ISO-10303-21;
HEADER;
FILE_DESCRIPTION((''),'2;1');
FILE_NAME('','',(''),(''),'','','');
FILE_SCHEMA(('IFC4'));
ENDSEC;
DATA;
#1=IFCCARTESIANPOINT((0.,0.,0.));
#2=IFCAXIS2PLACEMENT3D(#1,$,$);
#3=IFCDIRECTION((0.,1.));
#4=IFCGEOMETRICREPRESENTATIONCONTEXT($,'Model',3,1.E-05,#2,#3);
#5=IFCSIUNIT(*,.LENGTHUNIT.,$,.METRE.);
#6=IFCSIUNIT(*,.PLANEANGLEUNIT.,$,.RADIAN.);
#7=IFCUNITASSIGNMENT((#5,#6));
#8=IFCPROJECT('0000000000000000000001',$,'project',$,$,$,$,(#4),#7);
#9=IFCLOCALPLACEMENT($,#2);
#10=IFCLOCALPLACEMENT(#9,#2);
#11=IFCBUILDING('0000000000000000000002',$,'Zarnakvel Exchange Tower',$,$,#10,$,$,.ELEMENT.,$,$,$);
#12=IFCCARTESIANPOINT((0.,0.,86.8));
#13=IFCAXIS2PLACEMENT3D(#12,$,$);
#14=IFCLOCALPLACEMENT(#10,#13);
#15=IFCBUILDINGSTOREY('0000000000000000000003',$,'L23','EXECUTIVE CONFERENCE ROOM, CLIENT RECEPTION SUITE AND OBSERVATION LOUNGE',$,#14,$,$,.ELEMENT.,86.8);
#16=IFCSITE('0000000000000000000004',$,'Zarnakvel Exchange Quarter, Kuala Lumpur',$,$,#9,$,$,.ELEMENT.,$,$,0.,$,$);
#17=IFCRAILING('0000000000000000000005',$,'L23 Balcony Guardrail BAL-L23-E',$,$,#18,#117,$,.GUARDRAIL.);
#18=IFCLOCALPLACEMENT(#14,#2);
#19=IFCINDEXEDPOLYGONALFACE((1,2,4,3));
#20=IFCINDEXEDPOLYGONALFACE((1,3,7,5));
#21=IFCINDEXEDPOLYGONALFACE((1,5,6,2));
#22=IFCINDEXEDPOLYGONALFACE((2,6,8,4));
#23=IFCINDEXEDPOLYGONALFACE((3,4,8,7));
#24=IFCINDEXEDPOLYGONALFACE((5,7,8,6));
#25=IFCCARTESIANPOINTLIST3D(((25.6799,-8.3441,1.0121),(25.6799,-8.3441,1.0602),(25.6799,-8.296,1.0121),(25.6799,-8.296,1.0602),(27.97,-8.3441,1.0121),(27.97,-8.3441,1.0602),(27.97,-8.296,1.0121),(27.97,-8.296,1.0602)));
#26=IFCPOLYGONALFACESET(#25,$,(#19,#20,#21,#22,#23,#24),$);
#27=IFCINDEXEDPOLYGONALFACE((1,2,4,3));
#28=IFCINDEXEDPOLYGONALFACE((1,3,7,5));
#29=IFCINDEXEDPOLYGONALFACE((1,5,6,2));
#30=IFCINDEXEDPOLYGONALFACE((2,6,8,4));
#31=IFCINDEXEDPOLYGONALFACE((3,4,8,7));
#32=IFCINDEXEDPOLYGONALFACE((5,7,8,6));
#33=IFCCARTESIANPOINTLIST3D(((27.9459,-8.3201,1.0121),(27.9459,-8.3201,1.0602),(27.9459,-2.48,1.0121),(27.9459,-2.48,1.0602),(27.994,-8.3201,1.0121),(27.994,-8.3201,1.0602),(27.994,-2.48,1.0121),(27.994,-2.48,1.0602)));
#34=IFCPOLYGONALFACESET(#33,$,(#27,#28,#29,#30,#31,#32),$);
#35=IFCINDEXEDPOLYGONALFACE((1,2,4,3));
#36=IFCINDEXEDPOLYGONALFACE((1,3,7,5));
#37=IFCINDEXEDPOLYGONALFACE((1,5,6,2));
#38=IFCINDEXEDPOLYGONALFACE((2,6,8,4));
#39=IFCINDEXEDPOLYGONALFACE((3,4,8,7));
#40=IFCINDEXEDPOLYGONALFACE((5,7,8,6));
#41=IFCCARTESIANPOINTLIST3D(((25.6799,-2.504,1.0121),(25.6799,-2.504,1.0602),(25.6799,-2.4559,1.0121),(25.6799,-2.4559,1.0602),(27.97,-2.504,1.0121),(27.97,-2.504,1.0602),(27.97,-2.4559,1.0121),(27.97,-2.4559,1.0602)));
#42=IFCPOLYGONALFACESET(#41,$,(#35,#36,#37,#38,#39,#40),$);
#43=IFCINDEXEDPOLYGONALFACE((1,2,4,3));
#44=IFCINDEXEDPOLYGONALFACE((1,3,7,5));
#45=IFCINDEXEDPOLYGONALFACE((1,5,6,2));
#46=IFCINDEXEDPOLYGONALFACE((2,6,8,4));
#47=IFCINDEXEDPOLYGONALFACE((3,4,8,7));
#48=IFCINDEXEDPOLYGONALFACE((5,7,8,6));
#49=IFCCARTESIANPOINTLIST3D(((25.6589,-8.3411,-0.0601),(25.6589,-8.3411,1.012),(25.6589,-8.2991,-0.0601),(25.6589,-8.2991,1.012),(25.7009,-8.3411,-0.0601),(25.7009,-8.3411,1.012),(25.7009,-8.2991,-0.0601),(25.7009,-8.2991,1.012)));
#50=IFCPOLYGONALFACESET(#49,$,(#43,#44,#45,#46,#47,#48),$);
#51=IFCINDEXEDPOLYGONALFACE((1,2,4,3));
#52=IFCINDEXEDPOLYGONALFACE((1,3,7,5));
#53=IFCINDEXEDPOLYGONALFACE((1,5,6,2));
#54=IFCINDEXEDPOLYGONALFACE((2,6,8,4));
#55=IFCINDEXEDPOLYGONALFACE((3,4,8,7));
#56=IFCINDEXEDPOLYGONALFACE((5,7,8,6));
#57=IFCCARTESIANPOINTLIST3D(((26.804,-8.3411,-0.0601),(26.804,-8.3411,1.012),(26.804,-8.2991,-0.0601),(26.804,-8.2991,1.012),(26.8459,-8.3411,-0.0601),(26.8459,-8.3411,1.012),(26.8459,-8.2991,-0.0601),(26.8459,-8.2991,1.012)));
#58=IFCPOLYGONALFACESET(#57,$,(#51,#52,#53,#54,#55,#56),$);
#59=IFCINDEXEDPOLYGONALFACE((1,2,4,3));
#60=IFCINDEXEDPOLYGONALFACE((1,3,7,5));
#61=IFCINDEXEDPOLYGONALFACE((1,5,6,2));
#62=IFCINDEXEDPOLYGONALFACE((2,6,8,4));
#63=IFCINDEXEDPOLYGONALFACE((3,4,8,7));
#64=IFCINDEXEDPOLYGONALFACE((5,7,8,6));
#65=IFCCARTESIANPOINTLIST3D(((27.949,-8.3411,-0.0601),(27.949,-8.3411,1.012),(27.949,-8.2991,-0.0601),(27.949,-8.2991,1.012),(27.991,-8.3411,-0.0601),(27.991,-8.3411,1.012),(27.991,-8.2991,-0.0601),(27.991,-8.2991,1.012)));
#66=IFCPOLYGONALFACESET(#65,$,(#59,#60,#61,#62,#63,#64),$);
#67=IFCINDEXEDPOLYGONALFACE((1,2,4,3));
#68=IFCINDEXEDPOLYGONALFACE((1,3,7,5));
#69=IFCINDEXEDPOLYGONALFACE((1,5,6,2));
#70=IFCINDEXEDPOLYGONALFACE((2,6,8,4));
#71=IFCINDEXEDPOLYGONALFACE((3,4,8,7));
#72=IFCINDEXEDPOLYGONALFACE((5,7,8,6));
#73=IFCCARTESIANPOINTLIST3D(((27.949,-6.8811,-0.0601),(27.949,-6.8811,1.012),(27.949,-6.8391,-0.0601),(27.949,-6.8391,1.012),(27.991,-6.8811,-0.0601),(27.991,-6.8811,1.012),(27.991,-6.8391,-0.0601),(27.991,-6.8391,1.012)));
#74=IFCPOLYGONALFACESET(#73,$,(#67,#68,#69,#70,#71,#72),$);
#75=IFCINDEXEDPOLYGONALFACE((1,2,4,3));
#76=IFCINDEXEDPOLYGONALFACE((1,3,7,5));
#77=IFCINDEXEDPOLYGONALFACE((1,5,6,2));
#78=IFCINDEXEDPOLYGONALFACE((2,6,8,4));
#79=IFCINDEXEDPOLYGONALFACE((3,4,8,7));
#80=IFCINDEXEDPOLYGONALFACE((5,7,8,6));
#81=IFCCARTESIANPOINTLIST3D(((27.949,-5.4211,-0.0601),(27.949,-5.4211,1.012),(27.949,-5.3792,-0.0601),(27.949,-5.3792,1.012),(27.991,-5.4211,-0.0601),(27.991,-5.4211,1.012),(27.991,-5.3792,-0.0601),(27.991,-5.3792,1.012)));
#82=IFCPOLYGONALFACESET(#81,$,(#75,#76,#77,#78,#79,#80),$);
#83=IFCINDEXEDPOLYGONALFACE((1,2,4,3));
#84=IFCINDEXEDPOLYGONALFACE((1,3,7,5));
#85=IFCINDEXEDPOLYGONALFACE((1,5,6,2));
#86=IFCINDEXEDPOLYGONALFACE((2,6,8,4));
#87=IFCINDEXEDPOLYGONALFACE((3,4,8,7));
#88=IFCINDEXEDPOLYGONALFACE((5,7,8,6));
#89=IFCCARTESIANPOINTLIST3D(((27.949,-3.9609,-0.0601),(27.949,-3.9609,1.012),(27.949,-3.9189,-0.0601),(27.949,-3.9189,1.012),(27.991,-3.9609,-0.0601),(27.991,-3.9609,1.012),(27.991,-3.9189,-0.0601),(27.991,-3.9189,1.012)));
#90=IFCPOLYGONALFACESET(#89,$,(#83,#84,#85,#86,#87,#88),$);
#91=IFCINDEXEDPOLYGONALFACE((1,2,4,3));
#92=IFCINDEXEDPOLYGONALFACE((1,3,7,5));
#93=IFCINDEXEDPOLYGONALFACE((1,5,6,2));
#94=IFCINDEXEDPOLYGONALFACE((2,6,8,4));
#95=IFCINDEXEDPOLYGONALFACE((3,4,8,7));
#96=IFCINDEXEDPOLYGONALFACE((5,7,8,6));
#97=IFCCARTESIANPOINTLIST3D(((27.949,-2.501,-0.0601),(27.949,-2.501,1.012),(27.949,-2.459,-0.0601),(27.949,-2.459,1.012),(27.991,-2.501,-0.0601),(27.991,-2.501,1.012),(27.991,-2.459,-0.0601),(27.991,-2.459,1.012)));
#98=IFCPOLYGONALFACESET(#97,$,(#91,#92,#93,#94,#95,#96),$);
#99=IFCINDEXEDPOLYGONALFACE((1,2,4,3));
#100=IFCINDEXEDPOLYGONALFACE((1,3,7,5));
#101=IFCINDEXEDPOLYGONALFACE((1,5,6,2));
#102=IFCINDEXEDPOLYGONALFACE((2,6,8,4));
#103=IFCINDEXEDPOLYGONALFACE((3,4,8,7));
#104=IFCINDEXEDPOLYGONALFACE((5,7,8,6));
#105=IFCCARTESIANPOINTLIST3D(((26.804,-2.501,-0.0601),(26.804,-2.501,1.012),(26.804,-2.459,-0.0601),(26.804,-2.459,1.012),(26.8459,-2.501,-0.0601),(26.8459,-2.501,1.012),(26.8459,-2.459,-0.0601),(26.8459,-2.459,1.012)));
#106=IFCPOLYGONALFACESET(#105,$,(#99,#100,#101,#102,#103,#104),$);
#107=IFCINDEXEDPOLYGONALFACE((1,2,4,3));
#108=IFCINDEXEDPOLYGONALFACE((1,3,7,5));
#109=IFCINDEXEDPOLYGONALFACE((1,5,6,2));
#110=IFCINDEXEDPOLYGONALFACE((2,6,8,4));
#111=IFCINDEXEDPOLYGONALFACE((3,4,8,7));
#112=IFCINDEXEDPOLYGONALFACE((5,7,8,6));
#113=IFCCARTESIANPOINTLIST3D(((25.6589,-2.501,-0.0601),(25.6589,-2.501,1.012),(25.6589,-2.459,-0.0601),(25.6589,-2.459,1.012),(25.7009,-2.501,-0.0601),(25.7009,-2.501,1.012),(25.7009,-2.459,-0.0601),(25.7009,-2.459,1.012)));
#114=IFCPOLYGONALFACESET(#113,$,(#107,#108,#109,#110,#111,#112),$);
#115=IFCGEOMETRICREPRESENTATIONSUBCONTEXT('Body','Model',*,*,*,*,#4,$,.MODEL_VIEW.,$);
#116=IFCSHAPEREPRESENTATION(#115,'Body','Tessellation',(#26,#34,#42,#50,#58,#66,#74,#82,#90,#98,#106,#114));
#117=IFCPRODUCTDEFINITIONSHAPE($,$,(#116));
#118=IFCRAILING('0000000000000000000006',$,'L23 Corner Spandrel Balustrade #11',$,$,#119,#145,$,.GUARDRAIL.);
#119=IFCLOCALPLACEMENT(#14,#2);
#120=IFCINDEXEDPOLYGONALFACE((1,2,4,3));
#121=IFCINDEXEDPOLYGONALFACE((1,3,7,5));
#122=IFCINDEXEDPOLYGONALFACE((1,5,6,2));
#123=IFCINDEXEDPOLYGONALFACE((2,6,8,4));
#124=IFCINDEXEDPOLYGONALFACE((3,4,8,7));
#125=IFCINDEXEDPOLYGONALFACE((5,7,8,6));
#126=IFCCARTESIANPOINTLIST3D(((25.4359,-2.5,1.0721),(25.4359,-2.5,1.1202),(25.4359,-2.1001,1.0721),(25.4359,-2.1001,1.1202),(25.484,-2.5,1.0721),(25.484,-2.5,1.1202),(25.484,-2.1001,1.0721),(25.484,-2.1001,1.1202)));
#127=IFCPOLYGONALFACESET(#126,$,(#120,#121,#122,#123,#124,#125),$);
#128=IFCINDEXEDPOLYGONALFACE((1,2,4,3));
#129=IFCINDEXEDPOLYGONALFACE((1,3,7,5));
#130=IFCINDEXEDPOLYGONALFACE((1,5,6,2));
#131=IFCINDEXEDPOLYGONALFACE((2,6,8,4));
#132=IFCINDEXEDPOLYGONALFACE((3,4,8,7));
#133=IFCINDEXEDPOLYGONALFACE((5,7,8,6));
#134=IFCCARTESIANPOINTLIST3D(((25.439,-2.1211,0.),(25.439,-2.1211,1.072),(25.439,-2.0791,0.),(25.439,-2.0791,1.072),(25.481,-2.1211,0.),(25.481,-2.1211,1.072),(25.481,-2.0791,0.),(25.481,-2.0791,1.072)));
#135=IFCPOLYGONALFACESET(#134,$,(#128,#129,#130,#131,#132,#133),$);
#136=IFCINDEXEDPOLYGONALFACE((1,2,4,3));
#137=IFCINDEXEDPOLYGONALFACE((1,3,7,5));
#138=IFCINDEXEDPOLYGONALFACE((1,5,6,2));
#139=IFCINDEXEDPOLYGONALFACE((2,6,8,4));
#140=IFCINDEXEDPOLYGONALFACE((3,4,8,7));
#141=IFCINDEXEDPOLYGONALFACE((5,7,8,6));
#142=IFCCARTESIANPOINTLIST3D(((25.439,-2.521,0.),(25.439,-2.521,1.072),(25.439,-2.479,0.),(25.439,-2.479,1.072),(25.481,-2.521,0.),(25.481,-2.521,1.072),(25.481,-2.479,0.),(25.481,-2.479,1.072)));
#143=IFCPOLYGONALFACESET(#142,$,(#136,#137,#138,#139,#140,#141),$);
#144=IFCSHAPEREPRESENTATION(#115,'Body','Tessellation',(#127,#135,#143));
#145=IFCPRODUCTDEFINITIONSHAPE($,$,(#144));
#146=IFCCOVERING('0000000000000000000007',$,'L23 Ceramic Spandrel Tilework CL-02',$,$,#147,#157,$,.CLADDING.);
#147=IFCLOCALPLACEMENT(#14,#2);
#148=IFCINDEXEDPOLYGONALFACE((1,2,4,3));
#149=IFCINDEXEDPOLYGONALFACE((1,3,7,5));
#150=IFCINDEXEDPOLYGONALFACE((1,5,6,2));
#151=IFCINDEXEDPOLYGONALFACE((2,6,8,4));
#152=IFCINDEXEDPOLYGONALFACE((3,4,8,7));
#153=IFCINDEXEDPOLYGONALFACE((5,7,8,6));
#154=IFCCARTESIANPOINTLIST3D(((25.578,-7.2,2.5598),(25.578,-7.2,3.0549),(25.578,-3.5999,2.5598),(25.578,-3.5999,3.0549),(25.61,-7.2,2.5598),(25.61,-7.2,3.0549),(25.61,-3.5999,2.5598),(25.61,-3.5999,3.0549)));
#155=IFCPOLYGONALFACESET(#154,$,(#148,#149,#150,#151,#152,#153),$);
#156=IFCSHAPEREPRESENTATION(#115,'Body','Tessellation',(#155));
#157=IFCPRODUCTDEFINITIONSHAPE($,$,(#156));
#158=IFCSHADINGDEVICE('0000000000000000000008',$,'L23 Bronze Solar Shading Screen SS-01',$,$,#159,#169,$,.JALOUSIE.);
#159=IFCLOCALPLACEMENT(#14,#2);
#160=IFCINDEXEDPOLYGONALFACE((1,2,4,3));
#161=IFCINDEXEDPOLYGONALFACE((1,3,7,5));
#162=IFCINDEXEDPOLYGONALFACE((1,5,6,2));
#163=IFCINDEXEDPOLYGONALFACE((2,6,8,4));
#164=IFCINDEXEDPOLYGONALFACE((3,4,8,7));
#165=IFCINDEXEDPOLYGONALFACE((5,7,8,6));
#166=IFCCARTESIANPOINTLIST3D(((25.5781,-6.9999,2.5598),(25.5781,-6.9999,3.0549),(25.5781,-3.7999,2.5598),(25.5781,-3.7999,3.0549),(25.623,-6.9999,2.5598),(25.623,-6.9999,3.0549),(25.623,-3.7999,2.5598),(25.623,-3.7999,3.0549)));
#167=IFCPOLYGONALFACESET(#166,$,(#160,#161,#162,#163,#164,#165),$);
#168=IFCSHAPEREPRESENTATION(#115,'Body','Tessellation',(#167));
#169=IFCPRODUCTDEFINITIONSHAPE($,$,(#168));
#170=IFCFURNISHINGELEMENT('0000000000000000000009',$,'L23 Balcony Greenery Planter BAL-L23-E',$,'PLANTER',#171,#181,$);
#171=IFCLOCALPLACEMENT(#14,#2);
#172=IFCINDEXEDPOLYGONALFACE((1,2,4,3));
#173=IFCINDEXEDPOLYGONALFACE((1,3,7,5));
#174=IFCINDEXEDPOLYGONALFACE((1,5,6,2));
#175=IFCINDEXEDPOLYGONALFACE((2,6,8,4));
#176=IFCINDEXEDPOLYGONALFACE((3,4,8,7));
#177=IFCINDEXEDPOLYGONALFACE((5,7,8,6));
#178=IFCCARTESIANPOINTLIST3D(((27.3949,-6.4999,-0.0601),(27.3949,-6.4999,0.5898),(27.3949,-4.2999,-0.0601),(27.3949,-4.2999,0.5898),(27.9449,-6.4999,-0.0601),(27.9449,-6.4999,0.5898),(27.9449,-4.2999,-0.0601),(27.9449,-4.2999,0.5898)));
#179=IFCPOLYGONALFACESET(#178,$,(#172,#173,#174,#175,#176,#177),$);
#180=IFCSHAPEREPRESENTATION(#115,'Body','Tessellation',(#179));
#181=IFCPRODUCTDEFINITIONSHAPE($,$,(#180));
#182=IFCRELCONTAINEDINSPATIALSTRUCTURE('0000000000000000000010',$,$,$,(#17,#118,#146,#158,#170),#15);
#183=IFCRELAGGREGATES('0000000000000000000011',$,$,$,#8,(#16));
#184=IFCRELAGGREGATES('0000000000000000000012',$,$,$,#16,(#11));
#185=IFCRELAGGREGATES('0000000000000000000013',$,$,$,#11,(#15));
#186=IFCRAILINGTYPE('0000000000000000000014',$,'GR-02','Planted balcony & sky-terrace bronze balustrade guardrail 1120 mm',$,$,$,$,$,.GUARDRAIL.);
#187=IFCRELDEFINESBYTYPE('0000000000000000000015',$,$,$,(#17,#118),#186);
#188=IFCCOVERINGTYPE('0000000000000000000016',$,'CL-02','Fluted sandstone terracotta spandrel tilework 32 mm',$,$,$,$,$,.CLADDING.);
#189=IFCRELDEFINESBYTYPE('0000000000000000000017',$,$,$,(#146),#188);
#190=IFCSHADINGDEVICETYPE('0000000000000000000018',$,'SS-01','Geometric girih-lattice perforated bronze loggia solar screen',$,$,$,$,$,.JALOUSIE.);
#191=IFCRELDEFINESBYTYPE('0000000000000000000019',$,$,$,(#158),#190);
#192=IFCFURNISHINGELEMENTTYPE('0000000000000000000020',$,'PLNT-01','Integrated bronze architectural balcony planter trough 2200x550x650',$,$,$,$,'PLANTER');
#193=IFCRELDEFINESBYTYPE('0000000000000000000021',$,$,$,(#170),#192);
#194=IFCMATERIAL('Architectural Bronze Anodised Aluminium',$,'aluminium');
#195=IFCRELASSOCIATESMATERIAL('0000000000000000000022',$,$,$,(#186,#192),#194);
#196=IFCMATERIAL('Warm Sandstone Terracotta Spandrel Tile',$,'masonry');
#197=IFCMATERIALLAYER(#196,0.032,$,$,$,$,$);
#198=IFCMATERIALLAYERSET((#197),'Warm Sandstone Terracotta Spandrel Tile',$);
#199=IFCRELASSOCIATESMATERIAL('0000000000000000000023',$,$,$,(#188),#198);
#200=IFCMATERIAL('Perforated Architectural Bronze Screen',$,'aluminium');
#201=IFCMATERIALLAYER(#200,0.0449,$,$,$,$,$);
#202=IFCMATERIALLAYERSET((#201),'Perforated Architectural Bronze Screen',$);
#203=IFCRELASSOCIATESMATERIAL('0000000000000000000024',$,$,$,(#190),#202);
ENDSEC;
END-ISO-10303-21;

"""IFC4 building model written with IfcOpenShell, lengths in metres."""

from ifc_helpers import new_model, si_unit, direction, frame, origin, origin_2d, place, context, subcontext, project, spatial, rectangle, extrude, source, transform, mapped, material, layer, layer_set, type_object, element, save


model = new_model("IFC4")

# Units and contexts
model_context = context("Model", 3, precision=1e-05, world=origin(), true_north=direction((0.0, 1.0)))
body_context = subcontext(model_context, "Body", "Model", "MODEL_VIEW")
ifc_project = project(units=[si_unit("LENGTHUNIT", "METRE"), si_unit("PLANEANGLEUNIT", "RADIAN")], contexts=[model_context])

# Site, building, storey
site_placement = place(None, origin())
site = spatial("IfcSite", under=ifc_project, at=site_placement, Name="Zarnakvel Exchange Quarter, Kuala Lumpur", CompositionType="ELEMENT", RefElevation=0.0)
building_placement = place(site_placement, origin())
building = spatial("IfcBuilding", under=site, at=building_placement, Name="Zarnakvel Exchange Tower", CompositionType="ELEMENT")
storey_placement = place(building_placement, frame((0.0, 0.0, 86.8)))
storey = spatial("IfcBuildingStorey", under=building, at=storey_placement, Name="L23", Description="EXECUTIVE CONFERENCE ROOM, CLIENT RECEPTION SUITE AND OBSERVATION LOUNGE", CompositionType="ELEMENT", Elevation=86.8)

# Shared definitions
ifc_material_1 = material(Name="Architectural Bronze Anodised Aluminium", Category="aluminium")

# Railings
railing_type = type_object("IfcRailingType", Name="GR-02", Description="Planted balcony & sky-terrace bronze balustrade guardrail 1120 mm", PredefinedType="GUARDRAIL", material=ifc_material_1)
railing_1_placement = place(storey_placement, frame((25.6799, -8.3201, -0.0601)))
element("IfcRailing", 1, at=railing_1_placement, inside=storey, type_object=railing_type, Name="L23 Balcony Guardrail BAL-L23-E", PredefinedType="GUARDRAIL", context=body_context, shape_type="SweptSolid", body=[
    extrude(rectangle(XDim=0.0481, YDim=0.0481, at=origin_2d()), frame((0.0, 0.0, 1.0962), z_axis=(1.0, 0.0, 0.0), x_axis=(0.0, 1.0, 0.0)), (0.0, 0.0, 1.0), 2.29),
    extrude(rectangle(XDim=0.0481, YDim=0.0481, at=origin_2d()), frame((2.29, 0.0, 1.0962), z_axis=(0.0, 1.0, 0.0), x_axis=(-1.0, 0.0, 0.0)), (0.0, 0.0, 1.0), 5.8401),
    extrude(rectangle(XDim=0.0481, YDim=0.0481, at=origin_2d()), frame((2.29, 5.8401, 1.0962), z_axis=(-1.0, 0.0, 0.0), x_axis=(0.0, -1.0, 0.0)), (0.0, 0.0, 1.0), 2.29),
    extrude(rectangle(XDim=0.042, YDim=0.042, at=origin_2d()), origin(), (0.0, 0.0, 1.0), 1.072),
    extrude(rectangle(XDim=0.042, YDim=0.042, at=origin_2d()), frame((1.145, 0.0, 0.0)), (0.0, 0.0, 1.0), 1.072),
    extrude(rectangle(XDim=0.042, YDim=0.042, at=origin_2d()), frame((2.29, 0.0, 0.0)), (0.0, 0.0, 1.0), 1.072),
    extrude(rectangle(XDim=0.042, YDim=0.042, at=origin_2d()), frame((2.29, 1.46, 0.0)), (0.0, 0.0, 1.0), 1.072),
    extrude(rectangle(XDim=0.042, YDim=0.042, at=origin_2d()), frame((2.29, 2.9199, 0.0)), (0.0, 0.0, 1.0), 1.072),
    extrude(rectangle(XDim=0.042, YDim=0.042, at=origin_2d()), frame((2.29, 4.3801, 0.0)), (0.0, 0.0, 1.0), 1.072),
    extrude(rectangle(XDim=0.042, YDim=0.042, at=origin_2d()), frame((2.29, 5.8401, 0.0)), (0.0, 0.0, 1.0), 1.072),
    extrude(rectangle(XDim=0.042, YDim=0.042, at=origin_2d()), frame((1.145, 5.8401, 0.0)), (0.0, 0.0, 1.0), 1.072),
    extrude(rectangle(XDim=0.042, YDim=0.042, at=origin_2d()), frame((0.0, 5.8401, 0.0)), (0.0, 0.0, 1.0), 1.072),
])
railing_2_placement = place(storey_placement, frame((25.46, -2.1001, 0.0)))
element("IfcRailing", 2, at=railing_2_placement, inside=storey, type_object=railing_type, Name="L23 Corner Spandrel Balustrade #11", PredefinedType="GUARDRAIL", context=body_context, shape_type="SweptSolid", body=[
    extrude(rectangle(XDim=0.0481, YDim=0.0481, at=origin_2d()), frame((0.0, 0.0, 1.0962), z_axis=(0.0, -1.0, 0.0), x_axis=(1.0, 0.0, 0.0)), (0.0, 0.0, 1.0), 0.3999),
    extrude(rectangle(XDim=0.042, YDim=0.042, at=origin_2d()), origin(), (0.0, 0.0, 1.0), 1.072),
    extrude(rectangle(XDim=0.042, YDim=0.042, at=origin_2d()), frame((0.0, -0.3999, 0.0)), (0.0, 0.0, 1.0), 1.072),
])

# Covering
ifc_material_2 = material(Name="Warm Sandstone Terracotta Spandrel Tile", Category="masonry")
ifc_layer_1 = layer(ifc_material_2, 0.032)
ifc_layer_set_1 = layer_set([ifc_layer_1], Name="Warm Sandstone Terracotta Spandrel Tile")
covering_type = type_object("IfcCoveringType", Name="CL-02", Description="Fluted sandstone terracotta spandrel tilework 32 mm", PredefinedType="CLADDING", material=ifc_layer_set_1)
shared_shape_1 = source(origin(), body_context, "Body", "SweptSolid", [
    extrude(rectangle(XDim=3.6001, YDim=0.032, at=origin_2d()), origin(), (0.0, 0.0, 1.0), 0.4951),
])
covering_placement = place(storey_placement, frame((25.594, -5.3999, 2.5598), z_axis=(0.0, 0.0, 1.0), x_axis=(0.0, -1.0, 0.0)))
element("IfcCovering", 3, at=covering_placement, inside=storey, type_object=covering_type, Name="L23 Ceramic Spandrel Tilework CL-02", PredefinedType="CLADDING", context=body_context, shape_type="MappedRepresentation", body=[
    mapped(shared_shape_1, transform((0.0, 0.0, 0.0), x_axis=(1.0, 0.0, 0.0), y_axis=(0.0, 1.0, 0.0), z_axis=(0.0, 0.0, 1.0), scale=1.0)),
])

# Shading device
ifc_material_3 = material(Name="Perforated Architectural Bronze Screen", Category="aluminium")
ifc_layer_2 = layer(ifc_material_3, 0.0449)
ifc_layer_set_2 = layer_set([ifc_layer_2], Name="Perforated Architectural Bronze Screen")
shading_device_type = type_object("IfcShadingDeviceType", Name="SS-01", Description="Geometric girih-lattice perforated bronze loggia solar screen", PredefinedType="JALOUSIE", material=ifc_layer_set_2)
shared_shape_2 = source(origin(), body_context, "Body", "SweptSolid", [
    extrude(rectangle(XDim=3.2, YDim=0.0449, at=origin_2d()), origin(), (0.0, 0.0, 1.0), 0.4951),
])
shading_device_placement = place(storey_placement, frame((25.6006, -5.3999, 2.5598), z_axis=(0.0, 0.0, 1.0), x_axis=(0.0, -1.0, 0.0)))
element("IfcShadingDevice", 4, at=shading_device_placement, inside=storey, type_object=shading_device_type, Name="L23 Bronze Solar Shading Screen SS-01", PredefinedType="JALOUSIE", context=body_context, shape_type="MappedRepresentation", body=[
    mapped(shared_shape_2, transform((0.0, 0.0, 0.0), x_axis=(1.0, 0.0, 0.0), y_axis=(0.0, 1.0, 0.0), z_axis=(0.0, 0.0, 1.0), scale=1.0)),
])

# Furnishing element
furnishing_element_type = type_object("IfcFurnishingElementType", Name="PLNT-01", Description="Integrated bronze architectural balcony planter trough 2200x550x650", ElementType="PLANTER", material=ifc_material_1)
shared_shape_3 = source(origin(), body_context, "Body", "SweptSolid", [
    extrude(rectangle(XDim=2.2, YDim=0.55, at=origin_2d()), origin(), (0.0, 0.0, 1.0), 0.6499),
])
furnishing_placement = place(storey_placement, frame((27.6699, -5.3999, -0.0601), z_axis=(0.0, 0.0, 1.0), x_axis=(0.0, 1.0, 0.0)))
element("IfcFurnishingElement", 5, at=furnishing_placement, inside=storey, type_object=furnishing_element_type, Name="L23 Balcony Greenery Planter BAL-L23-E", ObjectType="PLANTER", context=body_context, shape_type="MappedRepresentation", body=[
    mapped(shared_shape_3, transform((0.0, 0.0, 0.0), x_axis=(1.0, 0.0, 0.0), y_axis=(0.0, 1.0, 0.0), z_axis=(0.0, 0.0, 1.0), scale=1.0)),
])

save(model, "model.ifc")
